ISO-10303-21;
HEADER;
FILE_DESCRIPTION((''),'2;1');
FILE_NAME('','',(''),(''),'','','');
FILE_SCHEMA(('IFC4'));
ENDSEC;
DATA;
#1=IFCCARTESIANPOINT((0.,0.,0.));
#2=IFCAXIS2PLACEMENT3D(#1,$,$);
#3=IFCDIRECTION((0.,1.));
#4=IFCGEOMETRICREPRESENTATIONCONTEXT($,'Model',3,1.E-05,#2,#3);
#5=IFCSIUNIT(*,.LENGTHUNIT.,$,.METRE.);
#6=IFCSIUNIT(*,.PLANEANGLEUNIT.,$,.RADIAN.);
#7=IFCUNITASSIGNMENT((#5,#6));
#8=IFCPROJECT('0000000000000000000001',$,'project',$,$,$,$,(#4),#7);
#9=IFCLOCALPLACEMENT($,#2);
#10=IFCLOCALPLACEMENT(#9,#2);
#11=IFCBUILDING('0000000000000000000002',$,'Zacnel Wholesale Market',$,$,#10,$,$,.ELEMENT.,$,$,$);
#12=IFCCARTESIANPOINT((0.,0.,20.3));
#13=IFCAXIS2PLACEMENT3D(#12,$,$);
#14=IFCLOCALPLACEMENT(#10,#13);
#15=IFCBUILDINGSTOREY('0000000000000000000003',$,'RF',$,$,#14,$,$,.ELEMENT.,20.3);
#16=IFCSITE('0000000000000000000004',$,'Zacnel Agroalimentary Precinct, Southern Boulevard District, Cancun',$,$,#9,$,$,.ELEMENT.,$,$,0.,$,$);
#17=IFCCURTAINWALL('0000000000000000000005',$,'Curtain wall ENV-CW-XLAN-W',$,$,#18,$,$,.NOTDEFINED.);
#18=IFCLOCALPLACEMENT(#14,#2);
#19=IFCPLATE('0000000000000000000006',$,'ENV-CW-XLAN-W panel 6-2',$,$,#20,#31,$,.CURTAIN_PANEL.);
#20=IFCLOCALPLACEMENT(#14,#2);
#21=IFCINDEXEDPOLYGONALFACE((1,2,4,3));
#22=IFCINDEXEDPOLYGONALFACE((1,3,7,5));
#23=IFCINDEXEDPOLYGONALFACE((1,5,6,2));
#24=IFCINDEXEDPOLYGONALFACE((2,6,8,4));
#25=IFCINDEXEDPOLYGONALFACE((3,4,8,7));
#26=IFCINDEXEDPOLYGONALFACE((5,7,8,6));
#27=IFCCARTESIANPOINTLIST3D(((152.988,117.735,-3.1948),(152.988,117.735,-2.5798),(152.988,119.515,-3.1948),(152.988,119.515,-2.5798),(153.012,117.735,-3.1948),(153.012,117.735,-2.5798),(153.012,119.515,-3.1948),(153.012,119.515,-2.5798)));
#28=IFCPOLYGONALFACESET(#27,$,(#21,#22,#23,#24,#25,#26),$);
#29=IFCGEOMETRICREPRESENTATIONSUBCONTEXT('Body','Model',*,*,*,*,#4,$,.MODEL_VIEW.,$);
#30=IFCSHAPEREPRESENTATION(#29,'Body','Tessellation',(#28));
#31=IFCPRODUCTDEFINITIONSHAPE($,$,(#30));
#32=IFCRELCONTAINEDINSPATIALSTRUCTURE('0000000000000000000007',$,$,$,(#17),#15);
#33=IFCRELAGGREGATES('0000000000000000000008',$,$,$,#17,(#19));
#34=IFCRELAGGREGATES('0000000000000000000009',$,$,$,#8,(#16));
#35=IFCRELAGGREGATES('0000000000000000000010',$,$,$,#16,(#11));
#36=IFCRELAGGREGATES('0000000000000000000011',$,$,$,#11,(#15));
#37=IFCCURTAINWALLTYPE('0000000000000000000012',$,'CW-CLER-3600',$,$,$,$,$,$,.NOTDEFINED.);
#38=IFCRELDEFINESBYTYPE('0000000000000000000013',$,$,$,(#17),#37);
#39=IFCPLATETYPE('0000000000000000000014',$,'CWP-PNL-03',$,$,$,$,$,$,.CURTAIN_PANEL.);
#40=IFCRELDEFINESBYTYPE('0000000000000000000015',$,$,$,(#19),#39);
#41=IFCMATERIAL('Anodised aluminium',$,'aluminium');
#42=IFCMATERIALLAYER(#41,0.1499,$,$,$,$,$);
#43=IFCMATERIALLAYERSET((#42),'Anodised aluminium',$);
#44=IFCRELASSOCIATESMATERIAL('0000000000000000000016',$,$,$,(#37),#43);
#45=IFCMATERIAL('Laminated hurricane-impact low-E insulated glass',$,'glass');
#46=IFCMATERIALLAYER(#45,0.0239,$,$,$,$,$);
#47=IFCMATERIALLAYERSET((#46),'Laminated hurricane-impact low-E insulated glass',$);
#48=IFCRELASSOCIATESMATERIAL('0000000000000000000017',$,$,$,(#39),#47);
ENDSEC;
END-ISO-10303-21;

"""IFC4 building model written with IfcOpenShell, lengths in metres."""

from ifc_helpers import new_model, si_unit, direction, frame, origin, origin_2d, place, context, subcontext, project, spatial, rectangle, extrude, material, layer, layer_set, type_object, element, aggregate, save


model = new_model("IFC4")

# Units and contexts
model_context = context("Model", 3, precision=1e-05, world=origin(), true_north=direction((0.0, 1.0)))
body_context = subcontext(model_context, "Body", "Model", "MODEL_VIEW")
ifc_project = project(units=[si_unit("LENGTHUNIT", "METRE"), si_unit("PLANEANGLEUNIT", "RADIAN")], contexts=[model_context])

# Site, building, storey
site_placement = place(None, origin())
site = spatial("IfcSite", under=ifc_project, at=site_placement, Name="Zacnel Agroalimentary Precinct, Southern Boulevard District, Cancun", CompositionType="ELEMENT", RefElevation=0.0)
building_placement = place(site_placement, origin())
building = spatial("IfcBuilding", under=site, at=building_placement, Name="Zacnel Wholesale Market", CompositionType="ELEMENT")
storey_placement = place(building_placement, frame((0.0, 0.0, 20.3)))
storey = spatial("IfcBuildingStorey", under=building, at=storey_placement, Name="RF", CompositionType="ELEMENT", Elevation=20.3)

# Shared definitions
ifc_material_1 = material(Name="Anodised aluminium", Category="aluminium")
ifc_layer_1 = layer(ifc_material_1, 0.1499)
ifc_layer_set_1 = layer_set([ifc_layer_1], Name="Anodised aluminium")
curtain_wall_type = type_object("IfcCurtainWallType", Name="CW-CLER-3600", PredefinedType="NOTDEFINED", material=ifc_layer_set_1)

# Curtain wall
curtain_wall_1_placement = place(storey_placement, origin())
curtain_wall_1 = element("IfcCurtainWall", 1, at=curtain_wall_1_placement, inside=storey, type_object=curtain_wall_type, Name="Curtain wall ENV-CW-XLAN-W", PredefinedType="NOTDEFINED")

# Plate
ifc_material_2 = material(Name="Laminated hurricane-impact low-E insulated glass", Category="glass")
ifc_layer_2 = layer(ifc_material_2, 0.0239)
ifc_layer_set_2 = layer_set([ifc_layer_2], Name="Laminated hurricane-impact low-E insulated glass")
plate_type = type_object("IfcPlateType", Name="CWP-PNL-03", PredefinedType="CURTAIN_PANEL", material=ifc_layer_set_2)
plate_1_placement = place(storey_placement, frame((153.0, 118.625, -3.1948), z_axis=(0.0, 0.0, 1.0), x_axis=(0.0, 1.0, 0.0)))
plate_1 = element("IfcPlate", 2, at=plate_1_placement, type_object=plate_type, Name="ENV-CW-XLAN-W panel 6-2", PredefinedType="CURTAIN_PANEL", context=body_context, shape_type="SweptSolid", body=[
    extrude(rectangle(XDim=1.78, YDim=0.0239, at=origin_2d()), origin(), (0.0, 0.0, 1.0), 0.615),
])
aggregate(curtain_wall_1, [plate_1])

save(model, "model.ifc")
